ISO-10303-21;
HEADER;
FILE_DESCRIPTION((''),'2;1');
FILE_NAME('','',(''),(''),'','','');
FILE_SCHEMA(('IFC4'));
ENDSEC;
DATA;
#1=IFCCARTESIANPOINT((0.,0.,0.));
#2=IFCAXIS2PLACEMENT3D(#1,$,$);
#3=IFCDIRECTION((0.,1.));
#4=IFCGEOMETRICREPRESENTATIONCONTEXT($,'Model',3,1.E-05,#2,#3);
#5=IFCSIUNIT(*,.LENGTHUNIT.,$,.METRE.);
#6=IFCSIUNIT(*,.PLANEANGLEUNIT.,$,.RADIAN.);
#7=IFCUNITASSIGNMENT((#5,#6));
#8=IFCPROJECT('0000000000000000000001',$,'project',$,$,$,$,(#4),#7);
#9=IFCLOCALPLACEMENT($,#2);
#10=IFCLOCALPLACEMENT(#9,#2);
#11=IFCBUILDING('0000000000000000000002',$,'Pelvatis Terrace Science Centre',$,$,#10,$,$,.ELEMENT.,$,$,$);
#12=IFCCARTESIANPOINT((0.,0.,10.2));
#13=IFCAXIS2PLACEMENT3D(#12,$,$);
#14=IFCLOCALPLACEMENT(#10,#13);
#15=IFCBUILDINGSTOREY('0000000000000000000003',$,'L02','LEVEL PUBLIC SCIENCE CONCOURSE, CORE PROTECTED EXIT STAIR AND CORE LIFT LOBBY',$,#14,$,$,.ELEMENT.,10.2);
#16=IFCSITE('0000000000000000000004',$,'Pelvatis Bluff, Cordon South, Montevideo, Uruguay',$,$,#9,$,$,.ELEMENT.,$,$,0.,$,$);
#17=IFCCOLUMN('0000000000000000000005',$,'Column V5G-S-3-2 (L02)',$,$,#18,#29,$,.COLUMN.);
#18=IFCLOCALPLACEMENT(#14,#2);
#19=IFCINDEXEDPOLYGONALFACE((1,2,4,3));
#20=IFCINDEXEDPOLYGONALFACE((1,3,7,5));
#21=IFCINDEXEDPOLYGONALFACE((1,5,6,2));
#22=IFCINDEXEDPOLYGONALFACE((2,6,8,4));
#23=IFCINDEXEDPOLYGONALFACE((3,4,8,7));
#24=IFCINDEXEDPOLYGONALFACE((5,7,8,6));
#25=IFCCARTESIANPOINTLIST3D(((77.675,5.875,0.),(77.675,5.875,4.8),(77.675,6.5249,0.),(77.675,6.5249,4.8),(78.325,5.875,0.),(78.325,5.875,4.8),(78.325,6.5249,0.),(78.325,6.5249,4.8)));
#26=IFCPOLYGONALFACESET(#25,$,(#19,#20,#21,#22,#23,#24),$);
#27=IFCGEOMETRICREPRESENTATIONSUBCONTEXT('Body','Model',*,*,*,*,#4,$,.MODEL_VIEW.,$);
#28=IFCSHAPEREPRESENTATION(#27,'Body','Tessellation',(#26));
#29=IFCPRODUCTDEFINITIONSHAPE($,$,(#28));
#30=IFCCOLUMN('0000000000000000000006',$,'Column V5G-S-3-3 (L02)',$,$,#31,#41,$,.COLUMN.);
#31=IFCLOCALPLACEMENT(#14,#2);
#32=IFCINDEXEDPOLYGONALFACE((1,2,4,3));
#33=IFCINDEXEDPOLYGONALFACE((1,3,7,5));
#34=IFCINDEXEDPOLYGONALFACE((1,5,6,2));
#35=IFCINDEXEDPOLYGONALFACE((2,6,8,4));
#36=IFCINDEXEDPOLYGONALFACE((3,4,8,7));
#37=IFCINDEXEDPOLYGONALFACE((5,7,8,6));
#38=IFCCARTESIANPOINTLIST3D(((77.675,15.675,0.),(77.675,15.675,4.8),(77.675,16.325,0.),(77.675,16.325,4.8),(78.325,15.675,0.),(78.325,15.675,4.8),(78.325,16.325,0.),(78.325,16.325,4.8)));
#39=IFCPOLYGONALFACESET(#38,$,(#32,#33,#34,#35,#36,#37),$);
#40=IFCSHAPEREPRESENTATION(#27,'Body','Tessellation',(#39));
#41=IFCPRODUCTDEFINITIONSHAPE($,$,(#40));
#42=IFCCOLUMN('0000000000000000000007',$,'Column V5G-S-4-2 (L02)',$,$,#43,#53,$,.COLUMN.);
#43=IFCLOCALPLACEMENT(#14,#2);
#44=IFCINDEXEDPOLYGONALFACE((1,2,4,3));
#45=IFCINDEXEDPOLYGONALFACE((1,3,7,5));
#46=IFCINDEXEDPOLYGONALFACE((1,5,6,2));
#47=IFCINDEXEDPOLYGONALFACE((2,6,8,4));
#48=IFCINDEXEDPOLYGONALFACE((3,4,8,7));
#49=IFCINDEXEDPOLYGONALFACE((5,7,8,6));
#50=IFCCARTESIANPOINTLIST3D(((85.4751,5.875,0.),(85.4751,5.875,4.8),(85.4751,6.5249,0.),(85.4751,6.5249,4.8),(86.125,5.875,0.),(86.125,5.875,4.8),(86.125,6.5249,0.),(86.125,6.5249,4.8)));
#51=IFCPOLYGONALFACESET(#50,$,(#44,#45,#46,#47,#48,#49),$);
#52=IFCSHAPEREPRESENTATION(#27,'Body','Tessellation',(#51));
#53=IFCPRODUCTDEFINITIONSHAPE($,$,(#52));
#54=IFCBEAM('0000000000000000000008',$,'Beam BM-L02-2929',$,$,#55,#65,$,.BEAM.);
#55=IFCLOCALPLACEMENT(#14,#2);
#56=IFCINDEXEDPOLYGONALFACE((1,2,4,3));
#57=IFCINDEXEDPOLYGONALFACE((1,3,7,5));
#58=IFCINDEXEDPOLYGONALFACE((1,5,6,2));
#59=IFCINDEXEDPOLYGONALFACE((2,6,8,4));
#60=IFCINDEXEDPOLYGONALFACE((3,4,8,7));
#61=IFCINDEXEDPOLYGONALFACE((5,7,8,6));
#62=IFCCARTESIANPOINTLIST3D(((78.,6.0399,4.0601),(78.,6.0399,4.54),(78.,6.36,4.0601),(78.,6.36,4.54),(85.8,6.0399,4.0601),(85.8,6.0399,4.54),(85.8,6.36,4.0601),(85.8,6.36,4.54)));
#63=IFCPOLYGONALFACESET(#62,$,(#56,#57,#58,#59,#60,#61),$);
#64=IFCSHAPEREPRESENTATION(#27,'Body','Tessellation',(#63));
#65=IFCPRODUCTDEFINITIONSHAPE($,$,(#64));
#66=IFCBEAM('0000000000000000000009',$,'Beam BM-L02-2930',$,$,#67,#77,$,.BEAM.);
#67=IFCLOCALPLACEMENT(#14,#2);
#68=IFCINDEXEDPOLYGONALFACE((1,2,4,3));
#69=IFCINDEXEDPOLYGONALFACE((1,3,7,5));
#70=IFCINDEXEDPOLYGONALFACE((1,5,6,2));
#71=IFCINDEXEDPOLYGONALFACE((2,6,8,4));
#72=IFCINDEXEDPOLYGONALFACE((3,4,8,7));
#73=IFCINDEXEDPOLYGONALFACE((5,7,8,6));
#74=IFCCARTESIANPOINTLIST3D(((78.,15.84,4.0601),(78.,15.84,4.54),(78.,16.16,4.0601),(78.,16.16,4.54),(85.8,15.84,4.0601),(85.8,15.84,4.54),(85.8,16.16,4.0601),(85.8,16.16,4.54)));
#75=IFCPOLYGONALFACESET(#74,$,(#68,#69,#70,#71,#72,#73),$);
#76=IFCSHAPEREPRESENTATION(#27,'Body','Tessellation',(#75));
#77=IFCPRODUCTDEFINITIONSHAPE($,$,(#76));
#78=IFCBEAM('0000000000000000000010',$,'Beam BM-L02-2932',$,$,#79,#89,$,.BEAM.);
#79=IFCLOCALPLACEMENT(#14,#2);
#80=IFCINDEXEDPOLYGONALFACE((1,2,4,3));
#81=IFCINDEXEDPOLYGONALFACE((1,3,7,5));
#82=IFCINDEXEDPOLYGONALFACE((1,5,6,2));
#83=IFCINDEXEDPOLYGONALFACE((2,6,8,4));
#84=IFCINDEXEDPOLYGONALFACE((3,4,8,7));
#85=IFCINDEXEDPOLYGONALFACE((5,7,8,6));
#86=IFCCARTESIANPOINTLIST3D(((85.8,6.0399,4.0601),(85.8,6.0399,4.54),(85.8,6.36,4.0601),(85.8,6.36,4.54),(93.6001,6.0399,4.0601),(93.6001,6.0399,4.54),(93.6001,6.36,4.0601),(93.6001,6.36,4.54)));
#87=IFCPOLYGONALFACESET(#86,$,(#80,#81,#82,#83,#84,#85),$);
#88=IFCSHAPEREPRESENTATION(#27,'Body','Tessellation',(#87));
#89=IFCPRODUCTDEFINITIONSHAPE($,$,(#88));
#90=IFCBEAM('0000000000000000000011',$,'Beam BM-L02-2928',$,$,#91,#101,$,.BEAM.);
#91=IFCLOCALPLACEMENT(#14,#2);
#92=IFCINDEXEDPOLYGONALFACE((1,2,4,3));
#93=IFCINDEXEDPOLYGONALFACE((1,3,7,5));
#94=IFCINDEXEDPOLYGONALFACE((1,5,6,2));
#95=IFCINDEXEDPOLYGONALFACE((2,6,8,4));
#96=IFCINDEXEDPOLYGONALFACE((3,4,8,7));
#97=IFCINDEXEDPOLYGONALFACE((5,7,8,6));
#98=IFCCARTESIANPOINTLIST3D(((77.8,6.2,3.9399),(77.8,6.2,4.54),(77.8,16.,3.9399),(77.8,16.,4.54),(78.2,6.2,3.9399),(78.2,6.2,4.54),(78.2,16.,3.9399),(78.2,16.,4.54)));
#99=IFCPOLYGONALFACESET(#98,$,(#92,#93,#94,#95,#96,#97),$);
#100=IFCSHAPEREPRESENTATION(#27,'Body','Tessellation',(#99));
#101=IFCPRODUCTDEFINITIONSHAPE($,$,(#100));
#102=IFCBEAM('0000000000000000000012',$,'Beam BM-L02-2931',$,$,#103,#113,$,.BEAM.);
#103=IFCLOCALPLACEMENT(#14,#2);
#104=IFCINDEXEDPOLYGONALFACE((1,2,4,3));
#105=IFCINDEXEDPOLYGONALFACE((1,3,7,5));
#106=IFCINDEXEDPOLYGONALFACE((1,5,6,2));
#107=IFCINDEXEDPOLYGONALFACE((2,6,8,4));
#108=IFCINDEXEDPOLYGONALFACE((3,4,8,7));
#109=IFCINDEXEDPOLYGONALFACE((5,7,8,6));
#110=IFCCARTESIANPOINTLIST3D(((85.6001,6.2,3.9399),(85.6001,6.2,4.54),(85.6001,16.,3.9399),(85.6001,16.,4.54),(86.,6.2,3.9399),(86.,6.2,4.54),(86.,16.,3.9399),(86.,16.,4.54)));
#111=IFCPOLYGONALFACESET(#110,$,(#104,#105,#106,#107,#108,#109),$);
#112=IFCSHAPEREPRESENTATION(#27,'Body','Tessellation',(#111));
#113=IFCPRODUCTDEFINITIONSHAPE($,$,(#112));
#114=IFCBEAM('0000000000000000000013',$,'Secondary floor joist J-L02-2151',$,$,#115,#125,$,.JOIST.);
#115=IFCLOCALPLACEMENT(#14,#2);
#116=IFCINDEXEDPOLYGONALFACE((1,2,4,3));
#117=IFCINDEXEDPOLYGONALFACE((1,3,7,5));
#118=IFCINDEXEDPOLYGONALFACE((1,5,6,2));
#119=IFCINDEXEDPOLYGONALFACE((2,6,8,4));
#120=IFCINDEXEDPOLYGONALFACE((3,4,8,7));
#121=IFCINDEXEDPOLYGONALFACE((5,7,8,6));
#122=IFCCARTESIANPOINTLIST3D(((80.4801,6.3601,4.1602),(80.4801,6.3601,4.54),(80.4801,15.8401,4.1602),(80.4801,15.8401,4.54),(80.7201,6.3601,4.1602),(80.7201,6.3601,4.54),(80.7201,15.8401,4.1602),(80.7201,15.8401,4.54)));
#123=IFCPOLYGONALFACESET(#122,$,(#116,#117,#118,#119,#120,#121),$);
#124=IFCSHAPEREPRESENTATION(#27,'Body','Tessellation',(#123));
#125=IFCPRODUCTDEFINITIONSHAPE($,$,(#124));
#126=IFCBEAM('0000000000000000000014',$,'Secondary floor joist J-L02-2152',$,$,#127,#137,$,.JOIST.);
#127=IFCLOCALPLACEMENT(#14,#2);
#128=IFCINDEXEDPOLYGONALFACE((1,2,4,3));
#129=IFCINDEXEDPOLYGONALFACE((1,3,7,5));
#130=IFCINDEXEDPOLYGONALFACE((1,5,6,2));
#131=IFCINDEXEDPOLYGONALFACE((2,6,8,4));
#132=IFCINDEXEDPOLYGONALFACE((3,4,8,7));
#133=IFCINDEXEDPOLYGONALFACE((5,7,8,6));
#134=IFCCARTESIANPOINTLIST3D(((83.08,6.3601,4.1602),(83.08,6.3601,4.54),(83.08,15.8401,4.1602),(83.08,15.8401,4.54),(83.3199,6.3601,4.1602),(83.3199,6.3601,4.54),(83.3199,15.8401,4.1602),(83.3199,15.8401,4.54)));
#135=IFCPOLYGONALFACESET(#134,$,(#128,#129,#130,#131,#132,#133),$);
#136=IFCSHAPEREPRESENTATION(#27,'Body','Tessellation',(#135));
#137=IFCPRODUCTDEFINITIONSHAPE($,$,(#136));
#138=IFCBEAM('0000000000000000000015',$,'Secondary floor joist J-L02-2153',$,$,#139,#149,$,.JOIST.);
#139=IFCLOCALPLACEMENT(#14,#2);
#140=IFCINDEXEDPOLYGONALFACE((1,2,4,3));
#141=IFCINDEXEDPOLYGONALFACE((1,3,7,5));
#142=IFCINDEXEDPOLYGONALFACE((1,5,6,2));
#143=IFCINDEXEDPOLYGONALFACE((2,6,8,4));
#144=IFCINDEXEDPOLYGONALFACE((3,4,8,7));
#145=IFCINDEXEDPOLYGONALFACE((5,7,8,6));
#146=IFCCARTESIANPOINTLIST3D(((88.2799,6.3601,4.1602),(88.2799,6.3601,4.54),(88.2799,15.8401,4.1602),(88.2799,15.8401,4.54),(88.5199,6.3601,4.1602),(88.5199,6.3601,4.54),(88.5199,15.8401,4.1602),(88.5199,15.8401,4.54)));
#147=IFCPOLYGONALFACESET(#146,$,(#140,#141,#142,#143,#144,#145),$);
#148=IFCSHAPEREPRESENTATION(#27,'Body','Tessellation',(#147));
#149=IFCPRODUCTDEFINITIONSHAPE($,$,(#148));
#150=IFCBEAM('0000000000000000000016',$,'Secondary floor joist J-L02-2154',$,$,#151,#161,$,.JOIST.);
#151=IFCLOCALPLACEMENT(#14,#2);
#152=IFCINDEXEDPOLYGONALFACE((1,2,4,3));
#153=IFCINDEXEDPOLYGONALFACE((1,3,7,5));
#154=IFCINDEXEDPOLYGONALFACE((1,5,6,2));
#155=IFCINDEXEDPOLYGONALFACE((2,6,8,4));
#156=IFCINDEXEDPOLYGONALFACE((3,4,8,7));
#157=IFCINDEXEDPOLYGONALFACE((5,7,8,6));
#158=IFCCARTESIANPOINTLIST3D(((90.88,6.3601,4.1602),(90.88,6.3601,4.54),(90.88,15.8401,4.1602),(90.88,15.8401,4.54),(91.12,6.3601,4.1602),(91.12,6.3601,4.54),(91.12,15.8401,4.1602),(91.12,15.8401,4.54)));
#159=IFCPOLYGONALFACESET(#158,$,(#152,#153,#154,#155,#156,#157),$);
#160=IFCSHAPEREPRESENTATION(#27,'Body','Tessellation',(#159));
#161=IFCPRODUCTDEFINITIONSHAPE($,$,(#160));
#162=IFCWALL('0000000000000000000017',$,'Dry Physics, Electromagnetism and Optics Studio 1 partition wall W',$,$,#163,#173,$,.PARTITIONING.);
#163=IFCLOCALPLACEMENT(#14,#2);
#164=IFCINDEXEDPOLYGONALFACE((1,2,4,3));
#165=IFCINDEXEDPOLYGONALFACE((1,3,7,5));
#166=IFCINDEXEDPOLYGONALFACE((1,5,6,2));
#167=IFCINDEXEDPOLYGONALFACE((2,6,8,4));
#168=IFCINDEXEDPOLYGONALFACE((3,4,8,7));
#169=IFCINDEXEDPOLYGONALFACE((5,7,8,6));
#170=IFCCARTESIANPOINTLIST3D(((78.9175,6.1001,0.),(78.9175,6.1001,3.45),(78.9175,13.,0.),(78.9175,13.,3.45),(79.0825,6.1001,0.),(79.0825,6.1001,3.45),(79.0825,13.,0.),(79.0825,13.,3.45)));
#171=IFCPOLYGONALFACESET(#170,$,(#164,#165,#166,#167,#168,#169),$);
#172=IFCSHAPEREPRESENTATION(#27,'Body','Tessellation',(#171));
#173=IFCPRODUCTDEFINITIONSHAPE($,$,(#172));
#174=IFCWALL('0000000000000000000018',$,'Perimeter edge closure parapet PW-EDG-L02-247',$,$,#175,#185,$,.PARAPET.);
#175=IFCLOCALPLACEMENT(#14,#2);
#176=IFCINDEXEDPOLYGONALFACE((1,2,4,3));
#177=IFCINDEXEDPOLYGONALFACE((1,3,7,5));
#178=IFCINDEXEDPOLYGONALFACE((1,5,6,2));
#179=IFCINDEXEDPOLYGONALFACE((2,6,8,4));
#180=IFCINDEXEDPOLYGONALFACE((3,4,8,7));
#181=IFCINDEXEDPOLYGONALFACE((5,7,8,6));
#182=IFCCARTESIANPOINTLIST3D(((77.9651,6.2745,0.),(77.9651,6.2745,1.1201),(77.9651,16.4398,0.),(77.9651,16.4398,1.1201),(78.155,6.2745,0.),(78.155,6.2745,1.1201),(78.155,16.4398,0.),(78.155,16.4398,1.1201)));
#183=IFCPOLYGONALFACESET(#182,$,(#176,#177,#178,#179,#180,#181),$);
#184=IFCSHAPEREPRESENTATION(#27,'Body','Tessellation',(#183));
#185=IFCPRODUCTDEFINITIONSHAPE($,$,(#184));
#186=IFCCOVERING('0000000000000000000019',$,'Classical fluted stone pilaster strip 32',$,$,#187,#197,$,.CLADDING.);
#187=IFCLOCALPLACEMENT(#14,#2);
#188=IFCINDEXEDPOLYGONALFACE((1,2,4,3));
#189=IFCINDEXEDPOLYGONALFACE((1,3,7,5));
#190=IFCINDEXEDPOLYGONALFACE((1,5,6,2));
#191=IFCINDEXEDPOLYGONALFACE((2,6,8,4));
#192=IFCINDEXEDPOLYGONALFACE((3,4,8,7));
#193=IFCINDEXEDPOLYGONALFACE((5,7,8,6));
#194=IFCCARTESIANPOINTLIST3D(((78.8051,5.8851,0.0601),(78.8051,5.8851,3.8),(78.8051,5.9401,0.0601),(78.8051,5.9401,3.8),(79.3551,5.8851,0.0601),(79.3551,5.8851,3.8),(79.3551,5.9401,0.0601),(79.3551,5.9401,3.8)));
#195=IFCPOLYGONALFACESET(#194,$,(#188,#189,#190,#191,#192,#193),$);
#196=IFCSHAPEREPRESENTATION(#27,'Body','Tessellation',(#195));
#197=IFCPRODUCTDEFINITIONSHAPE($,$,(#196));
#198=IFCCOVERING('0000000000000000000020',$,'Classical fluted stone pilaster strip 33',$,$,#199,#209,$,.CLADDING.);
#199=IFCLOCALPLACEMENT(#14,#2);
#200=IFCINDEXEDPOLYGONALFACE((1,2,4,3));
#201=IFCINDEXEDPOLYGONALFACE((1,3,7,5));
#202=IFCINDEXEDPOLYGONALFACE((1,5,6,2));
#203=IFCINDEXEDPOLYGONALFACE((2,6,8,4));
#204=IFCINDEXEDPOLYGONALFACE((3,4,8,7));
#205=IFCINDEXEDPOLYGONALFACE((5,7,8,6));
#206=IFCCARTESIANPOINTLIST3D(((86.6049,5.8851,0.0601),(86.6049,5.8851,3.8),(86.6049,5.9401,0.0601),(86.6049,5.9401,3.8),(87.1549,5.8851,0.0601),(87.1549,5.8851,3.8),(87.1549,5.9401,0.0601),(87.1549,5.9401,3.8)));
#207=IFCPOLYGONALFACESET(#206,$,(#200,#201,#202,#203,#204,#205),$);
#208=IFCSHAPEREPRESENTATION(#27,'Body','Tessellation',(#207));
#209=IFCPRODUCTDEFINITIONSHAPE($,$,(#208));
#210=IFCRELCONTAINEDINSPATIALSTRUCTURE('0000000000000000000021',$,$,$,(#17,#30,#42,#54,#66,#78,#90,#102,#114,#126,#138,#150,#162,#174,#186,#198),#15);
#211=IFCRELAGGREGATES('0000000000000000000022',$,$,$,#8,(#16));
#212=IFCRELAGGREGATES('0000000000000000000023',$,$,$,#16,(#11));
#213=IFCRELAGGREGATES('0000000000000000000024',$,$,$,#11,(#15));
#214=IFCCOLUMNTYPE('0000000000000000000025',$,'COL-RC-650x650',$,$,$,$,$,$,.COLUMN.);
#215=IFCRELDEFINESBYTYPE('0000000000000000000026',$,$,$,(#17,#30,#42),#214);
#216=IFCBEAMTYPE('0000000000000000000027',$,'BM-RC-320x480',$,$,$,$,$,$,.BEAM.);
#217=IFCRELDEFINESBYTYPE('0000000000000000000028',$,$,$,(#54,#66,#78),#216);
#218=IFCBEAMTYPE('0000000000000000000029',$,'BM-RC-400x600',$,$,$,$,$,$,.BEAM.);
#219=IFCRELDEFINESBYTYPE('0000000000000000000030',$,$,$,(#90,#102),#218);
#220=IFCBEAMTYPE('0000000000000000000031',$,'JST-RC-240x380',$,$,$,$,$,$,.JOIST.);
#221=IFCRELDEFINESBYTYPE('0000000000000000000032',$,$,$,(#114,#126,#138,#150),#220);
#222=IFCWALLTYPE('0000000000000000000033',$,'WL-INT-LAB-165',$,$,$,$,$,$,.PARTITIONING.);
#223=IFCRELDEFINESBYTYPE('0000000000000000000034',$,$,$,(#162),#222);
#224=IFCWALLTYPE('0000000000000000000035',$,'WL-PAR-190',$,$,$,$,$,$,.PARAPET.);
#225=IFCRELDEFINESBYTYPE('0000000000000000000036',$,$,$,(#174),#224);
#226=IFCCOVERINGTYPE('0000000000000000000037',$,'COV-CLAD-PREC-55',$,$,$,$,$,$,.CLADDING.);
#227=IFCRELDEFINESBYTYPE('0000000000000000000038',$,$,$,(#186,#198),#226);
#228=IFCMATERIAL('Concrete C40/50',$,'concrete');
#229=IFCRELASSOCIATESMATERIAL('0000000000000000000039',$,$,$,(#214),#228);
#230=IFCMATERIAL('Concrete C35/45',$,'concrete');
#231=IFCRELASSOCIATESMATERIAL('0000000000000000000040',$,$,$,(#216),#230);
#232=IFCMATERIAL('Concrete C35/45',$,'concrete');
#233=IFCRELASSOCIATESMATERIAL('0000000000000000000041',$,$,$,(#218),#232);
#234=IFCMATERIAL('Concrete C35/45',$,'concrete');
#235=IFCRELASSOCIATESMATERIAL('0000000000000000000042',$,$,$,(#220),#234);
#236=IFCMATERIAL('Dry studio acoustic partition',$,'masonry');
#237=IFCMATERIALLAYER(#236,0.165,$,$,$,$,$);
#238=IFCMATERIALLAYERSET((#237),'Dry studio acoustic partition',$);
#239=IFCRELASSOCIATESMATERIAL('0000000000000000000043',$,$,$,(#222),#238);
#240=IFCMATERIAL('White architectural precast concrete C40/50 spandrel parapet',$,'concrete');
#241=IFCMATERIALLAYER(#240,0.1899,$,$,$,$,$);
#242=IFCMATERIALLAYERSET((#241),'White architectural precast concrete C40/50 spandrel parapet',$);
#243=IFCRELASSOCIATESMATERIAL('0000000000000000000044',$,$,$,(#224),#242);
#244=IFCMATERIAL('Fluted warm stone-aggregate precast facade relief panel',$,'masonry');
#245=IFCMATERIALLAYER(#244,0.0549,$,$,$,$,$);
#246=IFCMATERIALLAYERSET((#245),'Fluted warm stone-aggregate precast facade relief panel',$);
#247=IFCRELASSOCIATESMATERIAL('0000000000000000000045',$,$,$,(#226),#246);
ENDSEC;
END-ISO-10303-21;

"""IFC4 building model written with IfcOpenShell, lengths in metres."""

from ifc_helpers import new_model, si_unit, direction, frame, frame_2d, origin, origin_2d, place, context, subcontext, project, spatial, rectangle, extrude, material, layer, layer_set, material_profile, profile_set, type_object, element, save


model = new_model("IFC4")

# Units and contexts
model_context = context("Model", 3, precision=1e-05, world=origin(), true_north=direction((0.0, 1.0)))
body_context = subcontext(model_context, "Body", "Model", "MODEL_VIEW")
ifc_project = project(units=[si_unit("LENGTHUNIT", "METRE"), si_unit("PLANEANGLEUNIT", "RADIAN")], contexts=[model_context])

# Site, building, storey
site_placement = place(None, origin())
site = spatial("IfcSite", under=ifc_project, at=site_placement, Name="Pelvatis Bluff, Cordon South, Montevideo, Uruguay", CompositionType="ELEMENT", RefElevation=0.0)
building_placement = place(site_placement, origin())
building = spatial("IfcBuilding", under=site, at=building_placement, Name="Pelvatis Terrace Science Centre", CompositionType="ELEMENT")
storey_placement = place(building_placement, frame((0.0, 0.0, 10.2)))
storey = spatial("IfcBuildingStorey", under=building, at=storey_placement, Name="L02", Description="LEVEL PUBLIC SCIENCE CONCOURSE, CORE PROTECTED EXIT STAIR AND CORE LIFT LOBBY", CompositionType="ELEMENT", Elevation=10.2)

# Columns
ifc_material_1 = material(Name="Concrete C40/50", Category="concrete")
ifc_material_profile_1 = material_profile(ifc_material_1, rectangle(XDim=0.6499, YDim=0.6499, at=origin_2d()), Name="RC-COL 650x650")
ifc_profile_set_1 = profile_set([ifc_material_profile_1], Name="Concrete C40/50")
column_type = type_object("IfcColumnType", Name="COL-RC-650x650", PredefinedType="COLUMN", material=ifc_profile_set_1)
for number, where, z_axis, x_axis, name in (
    (1, (78.0, 6.2, 0.0), (0.0, 0.0, 1.0), (1.0, 0.0, 0.0), "Column V5G-S-3-2 (L02)"),
    (2, (78.0, 16.0, 0.0), (0.0, 0.0, 1.0), (1.0, 0.0, 0.0), "Column V5G-S-3-3 (L02)"),
    (3, (85.8, 6.2, 0.0), (0.0, 0.0, 1.0), (1.0, 0.0, 0.0), "Column V5G-S-4-2 (L02)"),
):
    element("IfcColumn", number, at=place(storey_placement, frame(where, z_axis=z_axis, x_axis=x_axis)), inside=storey, type_object=column_type, Name=name, PredefinedType="COLUMN", context=body_context, shape_type="SweptSolid", body=[
        extrude(rectangle(XDim=0.6499, YDim=0.6499, at=origin_2d()), origin(), (0.0, 0.0, 1.0), 4.8),
    ])

# Beams
ifc_material_2 = material(Name="Concrete C35/45", Category="concrete")
ifc_material_profile_2 = material_profile(ifc_material_2, rectangle(XDim=0.3201, YDim=0.48, at=origin_2d()), Name="RC-BM 320x480")
ifc_profile_set_2 = profile_set([ifc_material_profile_2], Name="Concrete C35/45")
beam_type_1 = type_object("IfcBeamType", Name="BM-RC-320x480", PredefinedType="BEAM", material=ifc_profile_set_2)
for number, where, z_axis, x_axis, name in (
    (4, (78.0, 6.2, 4.3), (1.0, 0.0, 0.0), (0.0, 1.0, 0.0), "Beam BM-L02-2929"),
    (5, (78.0, 16.0, 4.3), (1.0, 0.0, 0.0), (0.0, 1.0, 0.0), "Beam BM-L02-2930"),
    (6, (85.8, 6.2, 4.3), (1.0, 0.0, 0.0), (0.0, 1.0, 0.0), "Beam BM-L02-2932"),
):
    element("IfcBeam", number, at=place(storey_placement, frame(where, z_axis=z_axis, x_axis=x_axis)), inside=storey, type_object=beam_type_1, Name=name, PredefinedType="BEAM", context=body_context, shape_type="SweptSolid", body=[
        extrude(rectangle(XDim=0.3201, YDim=0.48, at=origin_2d()), origin(), (0.0, 0.0, 1.0), 7.8),
    ])
ifc_material_3 = material(Name="Concrete C35/45", Category="concrete")
ifc_material_profile_3 = material_profile(ifc_material_3, rectangle(XDim=0.3999, YDim=0.6001, at=origin_2d()), Name="RC-BM 400x600")
ifc_profile_set_3 = profile_set([ifc_material_profile_3], Name="Concrete C35/45")
beam_type_2 = type_object("IfcBeamType", Name="BM-RC-400x600", PredefinedType="BEAM", material=ifc_profile_set_3)
for number, where, z_axis, x_axis, name in (
    (7, (78.0, 6.2, 4.24), (0.0, 1.0, 0.0), (-1.0, 0.0, 0.0), "Beam BM-L02-2928"),
    (8, (85.8, 6.2, 4.24), (0.0, 1.0, 0.0), (-1.0, 0.0, 0.0), "Beam BM-L02-2931"),
):
    element("IfcBeam", number, at=place(storey_placement, frame(where, z_axis=z_axis, x_axis=x_axis)), inside=storey, type_object=beam_type_2, Name=name, PredefinedType="BEAM", context=body_context, shape_type="SweptSolid", body=[
        extrude(rectangle(XDim=0.3999, YDim=0.6001, at=origin_2d()), origin(), (0.0, 0.0, 1.0), 9.8),
    ])
ifc_material_4 = material(Name="Concrete C35/45", Category="concrete")
ifc_material_profile_4 = material_profile(ifc_material_4, rectangle(XDim=0.24, YDim=0.3799, at=origin_2d()), Name="RC-JST 240x380")
ifc_profile_set_4 = profile_set([ifc_material_profile_4], Name="Concrete C35/45")
beam_type_3 = type_object("IfcBeamType", Name="JST-RC-240x380", PredefinedType="JOIST", material=ifc_profile_set_4)
for number, where, z_axis, x_axis, name in (
    (9, (80.6001, 6.3601, 4.3501), (0.0, 1.0, 0.0), (-1.0, 0.0, 0.0), "Secondary floor joist J-L02-2151"),
    (10, (83.2, 6.3601, 4.3501), (0.0, 1.0, 0.0), (-1.0, 0.0, 0.0), "Secondary floor joist J-L02-2152"),
    (11, (88.3999, 6.3601, 4.3501), (0.0, 1.0, 0.0), (-1.0, 0.0, 0.0), "Secondary floor joist J-L02-2153"),
    (12, (91.0, 6.3601, 4.3501), (0.0, 1.0, 0.0), (-1.0, 0.0, 0.0), "Secondary floor joist J-L02-2154"),
):
    element("IfcBeam", number, at=place(storey_placement, frame(where, z_axis=z_axis, x_axis=x_axis)), inside=storey, type_object=beam_type_3, Name=name, PredefinedType="JOIST", context=body_context, shape_type="SweptSolid", body=[
        extrude(rectangle(XDim=0.24, YDim=0.3799, at=origin_2d()), origin(), (0.0, 0.0, 1.0), 9.48),
    ])

# Walls
ifc_material_5 = material(Name="Dry studio acoustic partition", Category="masonry")
ifc_layer_1 = layer(ifc_material_5, 0.165)
ifc_layer_set_1 = layer_set([ifc_layer_1], Name="Dry studio acoustic partition")
wall_type_1 = type_object("IfcWallType", Name="WL-INT-LAB-165", PredefinedType="PARTITIONING", material=ifc_layer_set_1)
wall_1_placement = place(storey_placement, frame((79.0, 13.0, 0.0), z_axis=(0.0, 0.0, 1.0), x_axis=(0.0, -1.0, 0.0)))
element("IfcWall", 13, at=wall_1_placement, inside=storey, type_object=wall_type_1, Name="Dry Physics, Electromagnetism and Optics Studio 1 partition wall W", PredefinedType="PARTITIONING", context=body_context, shape_type="SweptSolid", body=[
    extrude(rectangle(XDim=6.8999, YDim=0.165, at=frame_2d((3.45, 0.0))), origin(), (0.0, 0.0, 1.0), 3.45),
])
ifc_material_6 = material(Name="White architectural precast concrete C40/50 spandrel parapet", Category="concrete")
ifc_layer_2 = layer(ifc_material_6, 0.1899)
ifc_layer_set_2 = layer_set([ifc_layer_2], Name="White architectural precast concrete C40/50 spandrel parapet")
wall_type_2 = type_object("IfcWallType", Name="WL-PAR-190", PredefinedType="PARAPET", material=ifc_layer_set_2)
wall_2_placement = place(storey_placement, frame((78.0601, 6.2747, 0.0), z_axis=(0.0, 0.0, 1.0), x_axis=(0.0, 1.0, 0.0)))
element("IfcWall", 14, at=wall_2_placement, inside=storey, type_object=wall_type_2, Name="Perimeter edge closure parapet PW-EDG-L02-247", PredefinedType="PARAPET", context=body_context, shape_type="SweptSolid", body=[
    extrude(rectangle(XDim=10.1653, YDim=0.1899, at=frame_2d((5.0825, 0.0))), origin(), (0.0, 0.0, 1.0), 1.1201),
])

# Coverings
ifc_material_7 = material(Name="Fluted warm stone-aggregate precast facade relief panel", Category="masonry")
ifc_layer_3 = layer(ifc_material_7, 0.0549)
ifc_layer_set_3 = layer_set([ifc_layer_3], Name="Fluted warm stone-aggregate precast facade relief panel")
covering_type = type_object("IfcCoveringType", Name="COV-CLAD-PREC-55", PredefinedType="CLADDING", material=ifc_layer_set_3)
for number, where, z_axis, x_axis, name in (
    (15, (79.0801, 5.9126, 0.0601), (0.0, 0.0, 1.0), (1.0, 0.0, 0.0), "Classical fluted stone pilaster strip 32"),
    (16, (86.8799, 5.9126, 0.0601), (0.0, 0.0, 1.0), (1.0, 0.0, 0.0), "Classical fluted stone pilaster strip 33"),
):
    element("IfcCovering", number, at=place(storey_placement, frame(where, z_axis=z_axis, x_axis=x_axis)), inside=storey, type_object=covering_type, Name=name, PredefinedType="CLADDING", context=body_context, shape_type="SweptSolid", body=[
        extrude(rectangle(XDim=0.55, YDim=0.0549, at=origin_2d()), origin(), (0.0, 0.0, 1.0), 3.74),
    ])

save(model, "model.ifc")
